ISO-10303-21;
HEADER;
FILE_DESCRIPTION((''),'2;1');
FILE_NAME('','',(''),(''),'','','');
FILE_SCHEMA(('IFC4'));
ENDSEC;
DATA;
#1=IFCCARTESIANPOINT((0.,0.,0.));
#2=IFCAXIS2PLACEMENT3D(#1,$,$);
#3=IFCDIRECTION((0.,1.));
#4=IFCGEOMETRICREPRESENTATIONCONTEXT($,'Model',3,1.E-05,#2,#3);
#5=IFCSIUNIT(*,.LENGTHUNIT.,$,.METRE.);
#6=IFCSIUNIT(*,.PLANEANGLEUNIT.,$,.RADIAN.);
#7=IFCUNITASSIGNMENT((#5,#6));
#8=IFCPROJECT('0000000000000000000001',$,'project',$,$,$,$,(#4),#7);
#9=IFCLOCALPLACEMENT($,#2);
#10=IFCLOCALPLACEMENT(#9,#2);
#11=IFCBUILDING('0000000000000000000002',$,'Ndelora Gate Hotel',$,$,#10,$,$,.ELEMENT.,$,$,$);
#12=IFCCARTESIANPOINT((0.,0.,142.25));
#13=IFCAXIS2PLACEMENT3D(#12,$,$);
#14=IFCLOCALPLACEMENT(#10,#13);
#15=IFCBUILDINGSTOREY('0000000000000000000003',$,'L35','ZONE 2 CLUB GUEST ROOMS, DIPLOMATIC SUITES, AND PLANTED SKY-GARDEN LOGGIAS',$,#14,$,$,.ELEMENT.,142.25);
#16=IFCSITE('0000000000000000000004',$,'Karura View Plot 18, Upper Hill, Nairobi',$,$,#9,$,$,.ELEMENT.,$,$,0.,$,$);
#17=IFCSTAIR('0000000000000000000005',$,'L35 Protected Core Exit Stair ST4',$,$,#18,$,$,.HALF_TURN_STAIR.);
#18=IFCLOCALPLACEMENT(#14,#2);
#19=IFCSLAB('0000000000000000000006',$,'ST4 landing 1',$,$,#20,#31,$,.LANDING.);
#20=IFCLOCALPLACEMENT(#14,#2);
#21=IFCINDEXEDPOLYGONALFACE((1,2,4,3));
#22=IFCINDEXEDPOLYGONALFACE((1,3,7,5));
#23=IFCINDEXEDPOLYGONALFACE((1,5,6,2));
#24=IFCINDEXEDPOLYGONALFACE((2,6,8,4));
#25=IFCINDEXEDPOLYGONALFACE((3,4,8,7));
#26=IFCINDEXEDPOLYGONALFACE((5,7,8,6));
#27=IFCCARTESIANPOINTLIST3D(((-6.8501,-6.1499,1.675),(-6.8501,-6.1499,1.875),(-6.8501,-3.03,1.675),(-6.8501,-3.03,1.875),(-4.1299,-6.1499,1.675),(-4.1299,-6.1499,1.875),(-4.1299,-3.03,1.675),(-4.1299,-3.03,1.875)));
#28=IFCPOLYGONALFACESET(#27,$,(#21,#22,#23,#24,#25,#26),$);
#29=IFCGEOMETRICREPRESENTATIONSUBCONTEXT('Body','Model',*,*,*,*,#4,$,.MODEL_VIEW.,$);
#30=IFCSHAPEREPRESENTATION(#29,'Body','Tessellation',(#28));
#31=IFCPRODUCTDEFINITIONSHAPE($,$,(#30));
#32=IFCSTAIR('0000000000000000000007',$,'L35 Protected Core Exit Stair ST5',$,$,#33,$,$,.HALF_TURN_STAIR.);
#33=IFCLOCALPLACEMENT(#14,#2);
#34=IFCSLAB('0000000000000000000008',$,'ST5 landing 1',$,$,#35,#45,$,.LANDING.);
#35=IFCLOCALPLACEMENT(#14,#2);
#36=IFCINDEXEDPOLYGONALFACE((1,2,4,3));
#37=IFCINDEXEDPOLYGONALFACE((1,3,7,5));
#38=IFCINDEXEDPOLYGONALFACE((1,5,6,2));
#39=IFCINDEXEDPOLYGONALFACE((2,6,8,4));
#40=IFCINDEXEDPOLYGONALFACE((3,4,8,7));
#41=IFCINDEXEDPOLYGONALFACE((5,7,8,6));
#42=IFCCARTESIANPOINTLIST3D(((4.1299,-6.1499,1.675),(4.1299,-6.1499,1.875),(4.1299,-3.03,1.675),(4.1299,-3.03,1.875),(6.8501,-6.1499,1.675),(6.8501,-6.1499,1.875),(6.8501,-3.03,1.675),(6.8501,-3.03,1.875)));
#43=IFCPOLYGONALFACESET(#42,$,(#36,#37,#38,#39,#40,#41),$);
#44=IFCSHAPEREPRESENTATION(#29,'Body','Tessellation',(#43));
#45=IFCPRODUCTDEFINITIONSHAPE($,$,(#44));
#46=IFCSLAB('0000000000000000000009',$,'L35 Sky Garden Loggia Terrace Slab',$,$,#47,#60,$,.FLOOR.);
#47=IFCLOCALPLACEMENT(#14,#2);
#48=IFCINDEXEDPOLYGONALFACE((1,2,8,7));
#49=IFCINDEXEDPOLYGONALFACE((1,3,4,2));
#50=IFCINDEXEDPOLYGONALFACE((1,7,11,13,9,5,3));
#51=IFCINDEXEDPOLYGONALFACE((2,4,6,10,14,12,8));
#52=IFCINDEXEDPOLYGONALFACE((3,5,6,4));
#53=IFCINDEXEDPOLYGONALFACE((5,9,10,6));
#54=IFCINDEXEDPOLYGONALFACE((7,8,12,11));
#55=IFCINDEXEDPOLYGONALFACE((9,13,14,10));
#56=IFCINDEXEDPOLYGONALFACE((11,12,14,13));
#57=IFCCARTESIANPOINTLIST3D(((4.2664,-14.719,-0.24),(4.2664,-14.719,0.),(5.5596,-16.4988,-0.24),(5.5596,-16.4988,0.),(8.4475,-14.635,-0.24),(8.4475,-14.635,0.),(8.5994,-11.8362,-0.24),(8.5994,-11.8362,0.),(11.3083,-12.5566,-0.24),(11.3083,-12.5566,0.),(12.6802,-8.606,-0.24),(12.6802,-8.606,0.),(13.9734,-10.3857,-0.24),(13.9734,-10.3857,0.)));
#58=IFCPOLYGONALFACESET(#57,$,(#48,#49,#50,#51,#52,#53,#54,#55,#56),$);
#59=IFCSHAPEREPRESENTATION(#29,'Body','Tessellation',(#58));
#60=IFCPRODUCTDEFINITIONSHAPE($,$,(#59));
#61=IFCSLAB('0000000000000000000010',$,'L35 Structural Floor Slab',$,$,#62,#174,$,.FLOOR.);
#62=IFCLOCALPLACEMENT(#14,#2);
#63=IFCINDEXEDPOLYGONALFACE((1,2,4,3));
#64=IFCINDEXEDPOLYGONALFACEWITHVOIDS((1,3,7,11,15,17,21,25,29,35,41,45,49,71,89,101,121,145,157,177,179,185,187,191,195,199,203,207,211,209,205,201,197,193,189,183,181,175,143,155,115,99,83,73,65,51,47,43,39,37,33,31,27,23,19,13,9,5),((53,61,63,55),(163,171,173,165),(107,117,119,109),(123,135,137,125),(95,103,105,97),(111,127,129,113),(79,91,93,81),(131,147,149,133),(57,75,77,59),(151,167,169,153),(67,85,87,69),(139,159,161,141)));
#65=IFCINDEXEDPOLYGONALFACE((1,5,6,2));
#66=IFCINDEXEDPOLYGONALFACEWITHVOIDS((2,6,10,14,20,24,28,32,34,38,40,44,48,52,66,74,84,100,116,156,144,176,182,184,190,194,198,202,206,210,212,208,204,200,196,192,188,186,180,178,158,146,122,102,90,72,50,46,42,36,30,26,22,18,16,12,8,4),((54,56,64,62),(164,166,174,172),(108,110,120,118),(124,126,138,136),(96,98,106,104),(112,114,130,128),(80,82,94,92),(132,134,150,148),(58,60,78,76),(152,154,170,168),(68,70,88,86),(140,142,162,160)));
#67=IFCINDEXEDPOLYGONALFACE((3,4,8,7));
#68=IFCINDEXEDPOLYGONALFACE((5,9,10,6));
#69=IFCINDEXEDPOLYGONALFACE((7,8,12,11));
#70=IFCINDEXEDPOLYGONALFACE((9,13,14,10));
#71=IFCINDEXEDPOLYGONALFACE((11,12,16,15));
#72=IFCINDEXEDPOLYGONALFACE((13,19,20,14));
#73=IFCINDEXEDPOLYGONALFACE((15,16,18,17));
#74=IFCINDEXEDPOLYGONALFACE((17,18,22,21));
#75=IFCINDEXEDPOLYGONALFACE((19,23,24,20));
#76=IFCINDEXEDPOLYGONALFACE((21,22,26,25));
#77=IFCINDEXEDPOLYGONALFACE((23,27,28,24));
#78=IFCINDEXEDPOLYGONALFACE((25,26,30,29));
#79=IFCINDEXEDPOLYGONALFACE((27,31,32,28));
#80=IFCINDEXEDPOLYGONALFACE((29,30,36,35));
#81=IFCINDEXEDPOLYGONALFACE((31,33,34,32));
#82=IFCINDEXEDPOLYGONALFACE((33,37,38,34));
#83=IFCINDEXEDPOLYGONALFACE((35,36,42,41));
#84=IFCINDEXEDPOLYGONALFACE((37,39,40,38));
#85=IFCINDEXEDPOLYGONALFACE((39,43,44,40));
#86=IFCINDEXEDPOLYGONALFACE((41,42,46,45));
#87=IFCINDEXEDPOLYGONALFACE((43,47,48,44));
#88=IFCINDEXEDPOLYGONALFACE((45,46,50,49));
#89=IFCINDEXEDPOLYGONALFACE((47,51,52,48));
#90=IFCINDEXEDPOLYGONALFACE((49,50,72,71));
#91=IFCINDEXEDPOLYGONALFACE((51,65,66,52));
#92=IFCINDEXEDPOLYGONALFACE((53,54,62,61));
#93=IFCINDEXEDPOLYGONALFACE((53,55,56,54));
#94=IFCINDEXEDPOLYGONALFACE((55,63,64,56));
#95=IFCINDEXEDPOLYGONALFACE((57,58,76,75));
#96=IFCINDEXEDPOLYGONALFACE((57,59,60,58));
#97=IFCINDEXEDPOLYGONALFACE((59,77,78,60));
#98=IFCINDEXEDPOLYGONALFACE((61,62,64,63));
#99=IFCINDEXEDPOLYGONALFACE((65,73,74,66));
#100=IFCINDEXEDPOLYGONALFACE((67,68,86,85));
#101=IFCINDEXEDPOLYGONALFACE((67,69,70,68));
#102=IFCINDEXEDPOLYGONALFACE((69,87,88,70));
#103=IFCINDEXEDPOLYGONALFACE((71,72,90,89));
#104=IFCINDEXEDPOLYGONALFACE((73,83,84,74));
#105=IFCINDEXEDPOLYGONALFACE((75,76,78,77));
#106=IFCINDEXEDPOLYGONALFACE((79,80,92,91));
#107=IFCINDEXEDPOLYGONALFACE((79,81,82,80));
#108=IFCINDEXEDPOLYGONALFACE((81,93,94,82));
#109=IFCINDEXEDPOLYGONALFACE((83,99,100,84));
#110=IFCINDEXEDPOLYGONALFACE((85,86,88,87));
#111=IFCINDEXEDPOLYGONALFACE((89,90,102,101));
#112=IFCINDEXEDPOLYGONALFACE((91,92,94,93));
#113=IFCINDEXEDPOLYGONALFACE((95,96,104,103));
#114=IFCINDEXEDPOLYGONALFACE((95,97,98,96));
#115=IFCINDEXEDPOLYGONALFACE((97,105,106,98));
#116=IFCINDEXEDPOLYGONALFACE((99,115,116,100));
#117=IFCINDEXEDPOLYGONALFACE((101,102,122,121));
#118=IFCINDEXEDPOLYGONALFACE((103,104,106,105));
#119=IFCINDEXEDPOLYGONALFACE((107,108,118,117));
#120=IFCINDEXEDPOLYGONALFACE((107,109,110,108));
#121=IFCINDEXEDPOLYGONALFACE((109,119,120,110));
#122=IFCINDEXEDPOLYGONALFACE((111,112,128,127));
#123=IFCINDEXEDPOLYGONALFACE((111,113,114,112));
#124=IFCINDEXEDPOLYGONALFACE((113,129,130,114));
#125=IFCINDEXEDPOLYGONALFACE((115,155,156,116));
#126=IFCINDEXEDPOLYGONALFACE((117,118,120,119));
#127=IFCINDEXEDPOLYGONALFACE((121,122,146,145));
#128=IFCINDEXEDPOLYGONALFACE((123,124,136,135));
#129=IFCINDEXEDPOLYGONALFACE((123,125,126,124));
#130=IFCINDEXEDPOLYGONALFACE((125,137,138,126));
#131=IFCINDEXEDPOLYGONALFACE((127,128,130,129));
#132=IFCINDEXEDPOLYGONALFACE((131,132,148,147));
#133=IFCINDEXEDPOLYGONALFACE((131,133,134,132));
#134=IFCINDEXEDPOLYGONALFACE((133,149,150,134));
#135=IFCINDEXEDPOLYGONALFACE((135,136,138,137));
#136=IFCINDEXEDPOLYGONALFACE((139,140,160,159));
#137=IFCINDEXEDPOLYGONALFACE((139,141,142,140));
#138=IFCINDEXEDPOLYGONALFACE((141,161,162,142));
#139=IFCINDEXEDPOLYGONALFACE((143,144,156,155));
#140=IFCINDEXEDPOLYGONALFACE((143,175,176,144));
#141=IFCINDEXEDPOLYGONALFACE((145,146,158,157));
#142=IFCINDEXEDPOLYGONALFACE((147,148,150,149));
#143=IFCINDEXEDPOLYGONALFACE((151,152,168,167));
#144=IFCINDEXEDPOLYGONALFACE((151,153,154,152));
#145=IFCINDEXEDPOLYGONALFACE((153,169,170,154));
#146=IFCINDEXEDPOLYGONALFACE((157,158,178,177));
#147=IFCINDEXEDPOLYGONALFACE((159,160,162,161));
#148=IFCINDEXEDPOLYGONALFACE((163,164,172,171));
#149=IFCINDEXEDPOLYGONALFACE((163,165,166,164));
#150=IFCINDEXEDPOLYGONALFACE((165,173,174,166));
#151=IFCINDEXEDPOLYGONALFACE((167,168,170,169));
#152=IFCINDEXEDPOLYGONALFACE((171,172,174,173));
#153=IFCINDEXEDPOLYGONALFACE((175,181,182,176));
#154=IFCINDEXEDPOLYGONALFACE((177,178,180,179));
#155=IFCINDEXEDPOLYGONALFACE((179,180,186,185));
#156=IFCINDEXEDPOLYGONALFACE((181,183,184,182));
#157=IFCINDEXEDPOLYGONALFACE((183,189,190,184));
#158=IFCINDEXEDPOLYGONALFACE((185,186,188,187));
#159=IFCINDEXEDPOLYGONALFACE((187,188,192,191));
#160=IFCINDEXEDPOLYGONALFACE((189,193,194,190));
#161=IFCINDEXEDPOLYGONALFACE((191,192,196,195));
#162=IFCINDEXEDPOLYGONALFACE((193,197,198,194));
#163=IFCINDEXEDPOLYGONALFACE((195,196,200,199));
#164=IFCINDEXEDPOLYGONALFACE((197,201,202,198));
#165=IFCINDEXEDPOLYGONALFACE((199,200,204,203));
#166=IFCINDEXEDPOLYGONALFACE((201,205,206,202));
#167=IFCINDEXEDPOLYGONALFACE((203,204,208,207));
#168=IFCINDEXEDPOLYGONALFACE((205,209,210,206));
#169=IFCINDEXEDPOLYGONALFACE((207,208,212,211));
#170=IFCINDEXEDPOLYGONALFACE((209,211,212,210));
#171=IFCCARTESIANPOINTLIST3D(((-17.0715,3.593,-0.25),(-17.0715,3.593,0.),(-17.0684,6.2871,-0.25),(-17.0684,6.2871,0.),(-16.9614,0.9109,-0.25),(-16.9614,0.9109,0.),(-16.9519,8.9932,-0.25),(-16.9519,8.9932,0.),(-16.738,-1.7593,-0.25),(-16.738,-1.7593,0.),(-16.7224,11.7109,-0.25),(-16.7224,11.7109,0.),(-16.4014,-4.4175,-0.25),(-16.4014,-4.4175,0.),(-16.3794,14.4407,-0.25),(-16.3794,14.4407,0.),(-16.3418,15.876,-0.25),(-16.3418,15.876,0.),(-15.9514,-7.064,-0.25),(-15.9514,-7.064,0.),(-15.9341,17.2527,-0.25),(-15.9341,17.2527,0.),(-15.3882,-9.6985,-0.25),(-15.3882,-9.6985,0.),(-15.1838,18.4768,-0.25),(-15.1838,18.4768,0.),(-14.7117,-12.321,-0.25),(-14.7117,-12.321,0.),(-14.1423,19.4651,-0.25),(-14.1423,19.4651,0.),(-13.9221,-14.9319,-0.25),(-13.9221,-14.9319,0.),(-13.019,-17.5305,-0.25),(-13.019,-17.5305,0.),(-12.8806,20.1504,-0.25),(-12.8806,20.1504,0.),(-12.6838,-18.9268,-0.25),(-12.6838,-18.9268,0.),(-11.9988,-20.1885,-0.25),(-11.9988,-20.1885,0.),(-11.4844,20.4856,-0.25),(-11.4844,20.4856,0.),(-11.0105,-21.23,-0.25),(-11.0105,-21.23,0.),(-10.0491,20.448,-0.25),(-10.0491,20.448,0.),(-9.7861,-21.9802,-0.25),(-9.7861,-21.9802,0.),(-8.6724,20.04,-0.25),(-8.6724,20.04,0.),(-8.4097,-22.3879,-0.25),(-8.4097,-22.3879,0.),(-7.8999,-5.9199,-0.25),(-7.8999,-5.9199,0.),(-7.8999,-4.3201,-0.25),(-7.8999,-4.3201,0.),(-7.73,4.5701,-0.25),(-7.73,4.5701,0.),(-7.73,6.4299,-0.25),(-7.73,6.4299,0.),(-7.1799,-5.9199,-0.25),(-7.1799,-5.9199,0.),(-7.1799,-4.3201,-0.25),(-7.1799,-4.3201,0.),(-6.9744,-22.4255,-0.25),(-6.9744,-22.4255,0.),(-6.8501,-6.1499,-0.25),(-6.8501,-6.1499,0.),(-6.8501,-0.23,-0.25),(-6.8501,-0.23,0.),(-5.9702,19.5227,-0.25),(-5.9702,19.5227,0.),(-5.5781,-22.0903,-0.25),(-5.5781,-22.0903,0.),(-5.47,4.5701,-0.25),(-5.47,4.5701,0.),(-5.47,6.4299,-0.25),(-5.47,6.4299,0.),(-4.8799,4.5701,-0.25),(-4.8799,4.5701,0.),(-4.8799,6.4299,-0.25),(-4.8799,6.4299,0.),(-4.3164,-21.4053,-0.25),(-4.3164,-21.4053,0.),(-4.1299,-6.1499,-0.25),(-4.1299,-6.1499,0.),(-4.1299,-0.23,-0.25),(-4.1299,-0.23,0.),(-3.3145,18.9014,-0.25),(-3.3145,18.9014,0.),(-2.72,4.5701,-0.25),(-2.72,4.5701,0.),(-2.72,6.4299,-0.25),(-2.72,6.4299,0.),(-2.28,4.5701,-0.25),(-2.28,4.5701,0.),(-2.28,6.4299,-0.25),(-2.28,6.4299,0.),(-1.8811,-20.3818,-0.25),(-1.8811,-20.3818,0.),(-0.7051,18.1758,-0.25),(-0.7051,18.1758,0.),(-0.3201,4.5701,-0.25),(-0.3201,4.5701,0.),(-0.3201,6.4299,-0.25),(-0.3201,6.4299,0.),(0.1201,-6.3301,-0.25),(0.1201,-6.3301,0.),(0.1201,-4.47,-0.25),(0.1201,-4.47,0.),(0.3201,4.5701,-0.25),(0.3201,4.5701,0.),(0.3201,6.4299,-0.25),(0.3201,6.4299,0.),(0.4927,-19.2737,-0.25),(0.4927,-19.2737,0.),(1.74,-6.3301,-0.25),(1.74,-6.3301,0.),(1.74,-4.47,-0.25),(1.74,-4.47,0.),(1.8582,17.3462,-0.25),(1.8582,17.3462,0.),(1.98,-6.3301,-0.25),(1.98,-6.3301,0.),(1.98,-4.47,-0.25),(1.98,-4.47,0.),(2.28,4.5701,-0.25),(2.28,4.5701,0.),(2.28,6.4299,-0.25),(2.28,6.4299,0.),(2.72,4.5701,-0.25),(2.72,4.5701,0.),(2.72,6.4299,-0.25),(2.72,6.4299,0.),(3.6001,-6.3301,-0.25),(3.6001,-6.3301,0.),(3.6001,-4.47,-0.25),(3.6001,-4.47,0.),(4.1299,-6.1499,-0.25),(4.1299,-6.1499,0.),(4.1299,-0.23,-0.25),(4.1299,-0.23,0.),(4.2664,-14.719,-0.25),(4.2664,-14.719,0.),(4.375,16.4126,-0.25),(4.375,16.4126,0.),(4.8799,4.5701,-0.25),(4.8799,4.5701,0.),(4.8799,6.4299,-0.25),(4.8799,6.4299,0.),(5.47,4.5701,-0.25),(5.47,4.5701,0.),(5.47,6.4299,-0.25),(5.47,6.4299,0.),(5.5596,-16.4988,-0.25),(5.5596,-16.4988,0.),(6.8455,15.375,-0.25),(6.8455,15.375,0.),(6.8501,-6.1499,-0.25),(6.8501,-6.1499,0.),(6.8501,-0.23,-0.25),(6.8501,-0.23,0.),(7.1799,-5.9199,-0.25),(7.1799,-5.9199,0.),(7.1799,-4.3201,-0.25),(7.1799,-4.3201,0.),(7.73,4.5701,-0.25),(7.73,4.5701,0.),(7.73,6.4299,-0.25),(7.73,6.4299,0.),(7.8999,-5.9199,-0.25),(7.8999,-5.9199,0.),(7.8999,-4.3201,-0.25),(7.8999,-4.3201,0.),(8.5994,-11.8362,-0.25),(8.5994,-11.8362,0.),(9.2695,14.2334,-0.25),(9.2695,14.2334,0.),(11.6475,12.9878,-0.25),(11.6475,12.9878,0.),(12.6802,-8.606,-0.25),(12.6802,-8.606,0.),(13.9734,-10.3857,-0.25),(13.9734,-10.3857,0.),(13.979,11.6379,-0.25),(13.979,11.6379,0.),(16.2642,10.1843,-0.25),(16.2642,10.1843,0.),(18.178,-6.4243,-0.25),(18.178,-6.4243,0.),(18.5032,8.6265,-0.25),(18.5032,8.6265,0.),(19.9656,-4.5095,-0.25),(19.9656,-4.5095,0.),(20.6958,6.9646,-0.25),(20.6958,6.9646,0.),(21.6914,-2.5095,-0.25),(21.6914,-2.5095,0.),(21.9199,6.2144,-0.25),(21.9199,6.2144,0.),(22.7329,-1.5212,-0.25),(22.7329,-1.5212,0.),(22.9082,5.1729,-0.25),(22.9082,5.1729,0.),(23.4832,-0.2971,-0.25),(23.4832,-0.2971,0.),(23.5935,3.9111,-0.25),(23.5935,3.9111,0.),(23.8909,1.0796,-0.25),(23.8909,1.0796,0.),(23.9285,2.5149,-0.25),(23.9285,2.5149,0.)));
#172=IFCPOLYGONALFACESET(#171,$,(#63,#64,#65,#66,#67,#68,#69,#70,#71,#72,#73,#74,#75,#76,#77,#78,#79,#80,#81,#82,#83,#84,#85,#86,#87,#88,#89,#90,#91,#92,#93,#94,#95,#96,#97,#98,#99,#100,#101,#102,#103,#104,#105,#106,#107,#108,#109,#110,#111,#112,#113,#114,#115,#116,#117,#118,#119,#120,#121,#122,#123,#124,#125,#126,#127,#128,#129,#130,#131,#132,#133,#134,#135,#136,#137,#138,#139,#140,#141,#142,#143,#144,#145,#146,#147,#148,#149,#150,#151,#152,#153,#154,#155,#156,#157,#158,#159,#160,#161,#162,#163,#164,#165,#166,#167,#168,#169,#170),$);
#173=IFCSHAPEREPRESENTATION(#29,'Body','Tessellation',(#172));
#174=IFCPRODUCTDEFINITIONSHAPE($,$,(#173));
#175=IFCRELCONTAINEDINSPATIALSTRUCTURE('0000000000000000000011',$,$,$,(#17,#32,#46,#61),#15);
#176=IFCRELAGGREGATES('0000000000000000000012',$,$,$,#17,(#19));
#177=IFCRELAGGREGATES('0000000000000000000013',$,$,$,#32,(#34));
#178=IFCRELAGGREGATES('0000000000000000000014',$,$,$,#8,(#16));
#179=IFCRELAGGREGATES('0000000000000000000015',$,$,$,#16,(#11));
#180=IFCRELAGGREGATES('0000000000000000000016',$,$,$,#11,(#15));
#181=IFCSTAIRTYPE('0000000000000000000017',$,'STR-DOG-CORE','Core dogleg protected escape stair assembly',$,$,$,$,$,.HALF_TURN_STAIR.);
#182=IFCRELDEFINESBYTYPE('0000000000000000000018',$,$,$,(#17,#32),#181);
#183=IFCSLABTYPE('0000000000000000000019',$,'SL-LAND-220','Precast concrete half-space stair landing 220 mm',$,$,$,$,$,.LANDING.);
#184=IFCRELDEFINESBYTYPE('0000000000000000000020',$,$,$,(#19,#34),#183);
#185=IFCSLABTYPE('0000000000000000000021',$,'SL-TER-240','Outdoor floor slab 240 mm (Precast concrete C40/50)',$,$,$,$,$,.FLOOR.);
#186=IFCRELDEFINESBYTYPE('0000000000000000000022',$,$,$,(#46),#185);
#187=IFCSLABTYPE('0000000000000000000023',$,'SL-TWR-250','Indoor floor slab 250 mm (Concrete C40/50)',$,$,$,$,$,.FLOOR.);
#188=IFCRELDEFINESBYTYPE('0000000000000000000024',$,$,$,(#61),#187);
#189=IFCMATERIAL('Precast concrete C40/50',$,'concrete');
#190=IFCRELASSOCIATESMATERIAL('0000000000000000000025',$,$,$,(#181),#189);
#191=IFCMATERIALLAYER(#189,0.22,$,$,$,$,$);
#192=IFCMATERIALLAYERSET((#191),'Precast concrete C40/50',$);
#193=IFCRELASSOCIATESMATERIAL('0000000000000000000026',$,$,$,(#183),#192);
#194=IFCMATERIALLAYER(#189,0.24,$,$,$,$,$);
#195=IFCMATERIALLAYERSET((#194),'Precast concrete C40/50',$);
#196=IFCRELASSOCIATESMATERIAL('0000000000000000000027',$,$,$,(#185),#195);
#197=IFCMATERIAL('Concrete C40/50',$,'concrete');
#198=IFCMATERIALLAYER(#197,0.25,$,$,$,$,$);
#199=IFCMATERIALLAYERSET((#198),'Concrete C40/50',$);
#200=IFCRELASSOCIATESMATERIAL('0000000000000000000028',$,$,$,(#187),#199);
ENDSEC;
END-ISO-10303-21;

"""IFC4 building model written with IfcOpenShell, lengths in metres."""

from ifc_helpers import new_model, si_unit, direction, frame, origin, place, context, subcontext, project, spatial, polyline, outline, extrude, material, layer, layer_set, type_object, element, aggregate, save


model = new_model("IFC4")

# Units and contexts
model_context = context("Model", 3, precision=1e-05, world=origin(), true_north=direction((0.0, 1.0)))
body_context = subcontext(model_context, "Body", "Model", "MODEL_VIEW")
ifc_project = project(units=[si_unit("LENGTHUNIT", "METRE"), si_unit("PLANEANGLEUNIT", "RADIAN")], contexts=[model_context])

# Site, building, storey
site_placement = place(None, origin())
site = spatial("IfcSite", under=ifc_project, at=site_placement, Name="Karura View Plot 18, Upper Hill, Nairobi", CompositionType="ELEMENT", RefElevation=0.0)
building_placement = place(site_placement, origin())
building = spatial("IfcBuilding", under=site, at=building_placement, Name="Ndelora Gate Hotel", CompositionType="ELEMENT")
storey_placement = place(building_placement, frame((0.0, 0.0, 142.25)))
storey = spatial("IfcBuildingStorey", under=building, at=storey_placement, Name="L35", Description="ZONE 2 CLUB GUEST ROOMS, DIPLOMATIC SUITES, AND PLANTED SKY-GARDEN LOGGIAS", CompositionType="ELEMENT", Elevation=142.25)

# Stairs, slabs
ifc_material_1 = material(Name="Precast concrete C40/50", Category="concrete")
stair_type = type_object("IfcStairType", Name="STR-DOG-CORE", Description="Core dogleg protected escape stair assembly", PredefinedType="HALF_TURN_STAIR", material=ifc_material_1)
stair_1_placement = place(storey_placement, origin())
stair_1 = element("IfcStair", 1, at=stair_1_placement, inside=storey, type_object=stair_type, Name="L35 Protected Core Exit Stair ST4", PredefinedType="HALF_TURN_STAIR")
ifc_layer_1 = layer(ifc_material_1, 0.22)
ifc_layer_set_1 = layer_set([ifc_layer_1], Name="Precast concrete C40/50")
slab_type_1 = type_object("IfcSlabType", Name="SL-LAND-220", Description="Precast concrete half-space stair landing 220 mm", PredefinedType="LANDING", material=ifc_layer_set_1)
slab_1_placement = place(storey_placement, frame((0.0, 0.0, 1.675)))
slab_1 = element("IfcSlab", 2, at=slab_1_placement, type_object=slab_type_1, Name="ST4 landing 1", PredefinedType="LANDING", context=body_context, shape_type="SweptSolid", body=[
    extrude(outline(polyline([(-6.8501, -3.03), (-6.8501, -6.1499), (-4.1299, -6.1499), (-4.1299, -3.03), (-6.8501, -3.03)])), origin(), (0.0, 0.0, 1.0), 0.2),
])
aggregate(stair_1, [slab_1])
stair_2_placement = place(storey_placement, origin())
stair_2 = element("IfcStair", 3, at=stair_2_placement, inside=storey, type_object=stair_type, Name="L35 Protected Core Exit Stair ST5", PredefinedType="HALF_TURN_STAIR")
slab_2_placement = place(storey_placement, frame((0.0, 0.0, 1.675)))
slab_2 = element("IfcSlab", 4, at=slab_2_placement, type_object=slab_type_1, Name="ST5 landing 1", PredefinedType="LANDING", context=body_context, shape_type="SweptSolid", body=[
    extrude(outline(polyline([(4.1299, -3.03), (4.1299, -6.1499), (6.8501, -6.1499), (6.8501, -3.03), (4.1299, -3.03)])), origin(), (0.0, 0.0, 1.0), 0.2),
])

# Slabs
ifc_layer_2 = layer(ifc_material_1, 0.24)
ifc_layer_set_2 = layer_set([ifc_layer_2], Name="Precast concrete C40/50")
slab_type_2 = type_object("IfcSlabType", Name="SL-TER-240", Description="Outdoor floor slab 240 mm (Precast concrete C40/50)", PredefinedType="FLOOR", material=ifc_layer_set_2)
slab_3_placement = place(storey_placement, frame((0.0, 0.0, -0.24)))
element("IfcSlab", 5, at=slab_3_placement, inside=storey, type_object=slab_type_2, Name="L35 Sky Garden Loggia Terrace Slab", PredefinedType="FLOOR", context=body_context, shape_type="SweptSolid", body=[
    extrude(outline(polyline([(4.2664, -14.719), (5.5596, -16.4988), (8.4475, -14.635), (11.3083, -12.5566), (13.9734, -10.3857), (12.6802, -8.606), (8.5994, -11.8362), (4.2664, -14.719)])), origin(), (0.0, 0.0, 1.0), 0.24),
])
ifc_material_2 = material(Name="Concrete C40/50", Category="concrete")
ifc_layer_3 = layer(ifc_material_2, 0.25)
ifc_layer_set_3 = layer_set([ifc_layer_3], Name="Concrete C40/50")
slab_type_3 = type_object("IfcSlabType", Name="SL-TWR-250", Description="Indoor floor slab 250 mm (Concrete C40/50)", PredefinedType="FLOOR", material=ifc_layer_set_3)
slab_4_placement = place(storey_placement, frame((0.0, 0.0, -0.25)))
element("IfcSlab", 6, at=slab_4_placement, inside=storey, type_object=slab_type_3, Name="L35 Structural Floor Slab", PredefinedType="FLOOR", context=body_context, shape_type="SweptSolid", body=[
    extrude(outline(polyline([(-8.6724, 20.04), (-10.0491, 20.448), (-11.4844, 20.4856), (-12.8806, 20.1504), (-14.1423, 19.4651), (-15.1838, 18.4768), (-15.9341, 17.2527), (-16.3418, 15.876), (-16.3794, 14.4407), (-16.7224, 11.7109), (-16.9519, 8.9932), (-17.0684, 6.2871), (-17.0715, 3.593), (-16.9614, 0.9109), (-16.738, -1.7593), (-16.4014, -4.4175), (-15.9514, -7.064), (-15.3882, -9.6985), (-14.7117, -12.321), (-13.9221, -14.9319), (-13.019, -17.5305), (-12.6838, -18.9268), (-11.9988, -20.1885), (-11.0105, -21.23), (-9.7861, -21.9802), (-8.4097, -22.3879), (-6.9744, -22.4255), (-5.5781, -22.0903), (-4.3164, -21.4053), (-1.8811, -20.3818), (0.4927, -19.2737), (5.5596, -16.4988), (4.2664, -14.719), (8.5994, -11.8362), (12.6802, -8.606), (13.9734, -10.3857), (18.178, -6.4243), (19.9656, -4.5095), (21.6914, -2.5095), (22.7329, -1.5212), (23.4832, -0.2971), (23.8909, 1.0796), (23.9285, 2.5149), (23.5935, 3.9111), (22.9082, 5.1729), (21.9199, 6.2144), (20.6958, 6.9646), (18.5032, 8.6265), (16.2642, 10.1843), (13.979, 11.6379), (11.6475, 12.9878), (9.2695, 14.2334), (6.8455, 15.375), (4.375, 16.4126), (1.8582, 17.3462), (-0.7051, 18.1758), (-3.3145, 18.9014), (-5.9702, 19.5227), (-8.6724, 20.04)]), holes=[polyline([(-6.8501, -0.23), (-6.8501, -6.1499), (-4.1299, -6.1499), (-4.1299, -0.23), (-6.8501, -0.23)]), polyline([(4.1299, -0.23), (4.1299, -6.1499), (6.8501, -6.1499), (6.8501, -0.23), (4.1299, -0.23)]), polyline([(-7.73, 4.5701), (-5.47, 4.5701), (-5.47, 6.4299), (-7.73, 6.4299), (-7.73, 4.5701)]), polyline([(5.47, 4.5701), (7.73, 4.5701), (7.73, 6.4299), (5.47, 6.4299), (5.47, 4.5701)]), polyline([(-4.8799, 4.5701), (-2.72, 4.5701), (-2.72, 6.4299), (-4.8799, 6.4299), (-4.8799, 4.5701)]), polyline([(2.72, 4.5701), (4.8799, 4.5701), (4.8799, 6.4299), (2.72, 6.4299), (2.72, 4.5701)]), polyline([(0.1201, -6.3301), (1.74, -6.3301), (1.74, -4.47), (0.1201, -4.47), (0.1201, -6.3301)]), polyline([(1.98, -6.3301), (3.6001, -6.3301), (3.6001, -4.47), (1.98, -4.47), (1.98, -6.3301)]), polyline([(-2.28, 4.5701), (-0.3201, 4.5701), (-0.3201, 6.4299), (-2.28, 6.4299), (-2.28, 4.5701)]), polyline([(0.3201, 4.5701), (2.28, 4.5701), (2.28, 6.4299), (0.3201, 6.4299), (0.3201, 4.5701)]), polyline([(-7.8999, -5.9199), (-7.1799, -5.9199), (-7.1799, -4.3201), (-7.8999, -4.3201), (-7.8999, -5.9199)]), polyline([(7.1799, -5.9199), (7.8999, -5.9199), (7.8999, -4.3201), (7.1799, -4.3201), (7.1799, -5.9199)])]), origin(), (0.0, 0.0, 1.0), 0.25),
])

aggregate(stair_2, [slab_2])

save(model, "model.ifc")
